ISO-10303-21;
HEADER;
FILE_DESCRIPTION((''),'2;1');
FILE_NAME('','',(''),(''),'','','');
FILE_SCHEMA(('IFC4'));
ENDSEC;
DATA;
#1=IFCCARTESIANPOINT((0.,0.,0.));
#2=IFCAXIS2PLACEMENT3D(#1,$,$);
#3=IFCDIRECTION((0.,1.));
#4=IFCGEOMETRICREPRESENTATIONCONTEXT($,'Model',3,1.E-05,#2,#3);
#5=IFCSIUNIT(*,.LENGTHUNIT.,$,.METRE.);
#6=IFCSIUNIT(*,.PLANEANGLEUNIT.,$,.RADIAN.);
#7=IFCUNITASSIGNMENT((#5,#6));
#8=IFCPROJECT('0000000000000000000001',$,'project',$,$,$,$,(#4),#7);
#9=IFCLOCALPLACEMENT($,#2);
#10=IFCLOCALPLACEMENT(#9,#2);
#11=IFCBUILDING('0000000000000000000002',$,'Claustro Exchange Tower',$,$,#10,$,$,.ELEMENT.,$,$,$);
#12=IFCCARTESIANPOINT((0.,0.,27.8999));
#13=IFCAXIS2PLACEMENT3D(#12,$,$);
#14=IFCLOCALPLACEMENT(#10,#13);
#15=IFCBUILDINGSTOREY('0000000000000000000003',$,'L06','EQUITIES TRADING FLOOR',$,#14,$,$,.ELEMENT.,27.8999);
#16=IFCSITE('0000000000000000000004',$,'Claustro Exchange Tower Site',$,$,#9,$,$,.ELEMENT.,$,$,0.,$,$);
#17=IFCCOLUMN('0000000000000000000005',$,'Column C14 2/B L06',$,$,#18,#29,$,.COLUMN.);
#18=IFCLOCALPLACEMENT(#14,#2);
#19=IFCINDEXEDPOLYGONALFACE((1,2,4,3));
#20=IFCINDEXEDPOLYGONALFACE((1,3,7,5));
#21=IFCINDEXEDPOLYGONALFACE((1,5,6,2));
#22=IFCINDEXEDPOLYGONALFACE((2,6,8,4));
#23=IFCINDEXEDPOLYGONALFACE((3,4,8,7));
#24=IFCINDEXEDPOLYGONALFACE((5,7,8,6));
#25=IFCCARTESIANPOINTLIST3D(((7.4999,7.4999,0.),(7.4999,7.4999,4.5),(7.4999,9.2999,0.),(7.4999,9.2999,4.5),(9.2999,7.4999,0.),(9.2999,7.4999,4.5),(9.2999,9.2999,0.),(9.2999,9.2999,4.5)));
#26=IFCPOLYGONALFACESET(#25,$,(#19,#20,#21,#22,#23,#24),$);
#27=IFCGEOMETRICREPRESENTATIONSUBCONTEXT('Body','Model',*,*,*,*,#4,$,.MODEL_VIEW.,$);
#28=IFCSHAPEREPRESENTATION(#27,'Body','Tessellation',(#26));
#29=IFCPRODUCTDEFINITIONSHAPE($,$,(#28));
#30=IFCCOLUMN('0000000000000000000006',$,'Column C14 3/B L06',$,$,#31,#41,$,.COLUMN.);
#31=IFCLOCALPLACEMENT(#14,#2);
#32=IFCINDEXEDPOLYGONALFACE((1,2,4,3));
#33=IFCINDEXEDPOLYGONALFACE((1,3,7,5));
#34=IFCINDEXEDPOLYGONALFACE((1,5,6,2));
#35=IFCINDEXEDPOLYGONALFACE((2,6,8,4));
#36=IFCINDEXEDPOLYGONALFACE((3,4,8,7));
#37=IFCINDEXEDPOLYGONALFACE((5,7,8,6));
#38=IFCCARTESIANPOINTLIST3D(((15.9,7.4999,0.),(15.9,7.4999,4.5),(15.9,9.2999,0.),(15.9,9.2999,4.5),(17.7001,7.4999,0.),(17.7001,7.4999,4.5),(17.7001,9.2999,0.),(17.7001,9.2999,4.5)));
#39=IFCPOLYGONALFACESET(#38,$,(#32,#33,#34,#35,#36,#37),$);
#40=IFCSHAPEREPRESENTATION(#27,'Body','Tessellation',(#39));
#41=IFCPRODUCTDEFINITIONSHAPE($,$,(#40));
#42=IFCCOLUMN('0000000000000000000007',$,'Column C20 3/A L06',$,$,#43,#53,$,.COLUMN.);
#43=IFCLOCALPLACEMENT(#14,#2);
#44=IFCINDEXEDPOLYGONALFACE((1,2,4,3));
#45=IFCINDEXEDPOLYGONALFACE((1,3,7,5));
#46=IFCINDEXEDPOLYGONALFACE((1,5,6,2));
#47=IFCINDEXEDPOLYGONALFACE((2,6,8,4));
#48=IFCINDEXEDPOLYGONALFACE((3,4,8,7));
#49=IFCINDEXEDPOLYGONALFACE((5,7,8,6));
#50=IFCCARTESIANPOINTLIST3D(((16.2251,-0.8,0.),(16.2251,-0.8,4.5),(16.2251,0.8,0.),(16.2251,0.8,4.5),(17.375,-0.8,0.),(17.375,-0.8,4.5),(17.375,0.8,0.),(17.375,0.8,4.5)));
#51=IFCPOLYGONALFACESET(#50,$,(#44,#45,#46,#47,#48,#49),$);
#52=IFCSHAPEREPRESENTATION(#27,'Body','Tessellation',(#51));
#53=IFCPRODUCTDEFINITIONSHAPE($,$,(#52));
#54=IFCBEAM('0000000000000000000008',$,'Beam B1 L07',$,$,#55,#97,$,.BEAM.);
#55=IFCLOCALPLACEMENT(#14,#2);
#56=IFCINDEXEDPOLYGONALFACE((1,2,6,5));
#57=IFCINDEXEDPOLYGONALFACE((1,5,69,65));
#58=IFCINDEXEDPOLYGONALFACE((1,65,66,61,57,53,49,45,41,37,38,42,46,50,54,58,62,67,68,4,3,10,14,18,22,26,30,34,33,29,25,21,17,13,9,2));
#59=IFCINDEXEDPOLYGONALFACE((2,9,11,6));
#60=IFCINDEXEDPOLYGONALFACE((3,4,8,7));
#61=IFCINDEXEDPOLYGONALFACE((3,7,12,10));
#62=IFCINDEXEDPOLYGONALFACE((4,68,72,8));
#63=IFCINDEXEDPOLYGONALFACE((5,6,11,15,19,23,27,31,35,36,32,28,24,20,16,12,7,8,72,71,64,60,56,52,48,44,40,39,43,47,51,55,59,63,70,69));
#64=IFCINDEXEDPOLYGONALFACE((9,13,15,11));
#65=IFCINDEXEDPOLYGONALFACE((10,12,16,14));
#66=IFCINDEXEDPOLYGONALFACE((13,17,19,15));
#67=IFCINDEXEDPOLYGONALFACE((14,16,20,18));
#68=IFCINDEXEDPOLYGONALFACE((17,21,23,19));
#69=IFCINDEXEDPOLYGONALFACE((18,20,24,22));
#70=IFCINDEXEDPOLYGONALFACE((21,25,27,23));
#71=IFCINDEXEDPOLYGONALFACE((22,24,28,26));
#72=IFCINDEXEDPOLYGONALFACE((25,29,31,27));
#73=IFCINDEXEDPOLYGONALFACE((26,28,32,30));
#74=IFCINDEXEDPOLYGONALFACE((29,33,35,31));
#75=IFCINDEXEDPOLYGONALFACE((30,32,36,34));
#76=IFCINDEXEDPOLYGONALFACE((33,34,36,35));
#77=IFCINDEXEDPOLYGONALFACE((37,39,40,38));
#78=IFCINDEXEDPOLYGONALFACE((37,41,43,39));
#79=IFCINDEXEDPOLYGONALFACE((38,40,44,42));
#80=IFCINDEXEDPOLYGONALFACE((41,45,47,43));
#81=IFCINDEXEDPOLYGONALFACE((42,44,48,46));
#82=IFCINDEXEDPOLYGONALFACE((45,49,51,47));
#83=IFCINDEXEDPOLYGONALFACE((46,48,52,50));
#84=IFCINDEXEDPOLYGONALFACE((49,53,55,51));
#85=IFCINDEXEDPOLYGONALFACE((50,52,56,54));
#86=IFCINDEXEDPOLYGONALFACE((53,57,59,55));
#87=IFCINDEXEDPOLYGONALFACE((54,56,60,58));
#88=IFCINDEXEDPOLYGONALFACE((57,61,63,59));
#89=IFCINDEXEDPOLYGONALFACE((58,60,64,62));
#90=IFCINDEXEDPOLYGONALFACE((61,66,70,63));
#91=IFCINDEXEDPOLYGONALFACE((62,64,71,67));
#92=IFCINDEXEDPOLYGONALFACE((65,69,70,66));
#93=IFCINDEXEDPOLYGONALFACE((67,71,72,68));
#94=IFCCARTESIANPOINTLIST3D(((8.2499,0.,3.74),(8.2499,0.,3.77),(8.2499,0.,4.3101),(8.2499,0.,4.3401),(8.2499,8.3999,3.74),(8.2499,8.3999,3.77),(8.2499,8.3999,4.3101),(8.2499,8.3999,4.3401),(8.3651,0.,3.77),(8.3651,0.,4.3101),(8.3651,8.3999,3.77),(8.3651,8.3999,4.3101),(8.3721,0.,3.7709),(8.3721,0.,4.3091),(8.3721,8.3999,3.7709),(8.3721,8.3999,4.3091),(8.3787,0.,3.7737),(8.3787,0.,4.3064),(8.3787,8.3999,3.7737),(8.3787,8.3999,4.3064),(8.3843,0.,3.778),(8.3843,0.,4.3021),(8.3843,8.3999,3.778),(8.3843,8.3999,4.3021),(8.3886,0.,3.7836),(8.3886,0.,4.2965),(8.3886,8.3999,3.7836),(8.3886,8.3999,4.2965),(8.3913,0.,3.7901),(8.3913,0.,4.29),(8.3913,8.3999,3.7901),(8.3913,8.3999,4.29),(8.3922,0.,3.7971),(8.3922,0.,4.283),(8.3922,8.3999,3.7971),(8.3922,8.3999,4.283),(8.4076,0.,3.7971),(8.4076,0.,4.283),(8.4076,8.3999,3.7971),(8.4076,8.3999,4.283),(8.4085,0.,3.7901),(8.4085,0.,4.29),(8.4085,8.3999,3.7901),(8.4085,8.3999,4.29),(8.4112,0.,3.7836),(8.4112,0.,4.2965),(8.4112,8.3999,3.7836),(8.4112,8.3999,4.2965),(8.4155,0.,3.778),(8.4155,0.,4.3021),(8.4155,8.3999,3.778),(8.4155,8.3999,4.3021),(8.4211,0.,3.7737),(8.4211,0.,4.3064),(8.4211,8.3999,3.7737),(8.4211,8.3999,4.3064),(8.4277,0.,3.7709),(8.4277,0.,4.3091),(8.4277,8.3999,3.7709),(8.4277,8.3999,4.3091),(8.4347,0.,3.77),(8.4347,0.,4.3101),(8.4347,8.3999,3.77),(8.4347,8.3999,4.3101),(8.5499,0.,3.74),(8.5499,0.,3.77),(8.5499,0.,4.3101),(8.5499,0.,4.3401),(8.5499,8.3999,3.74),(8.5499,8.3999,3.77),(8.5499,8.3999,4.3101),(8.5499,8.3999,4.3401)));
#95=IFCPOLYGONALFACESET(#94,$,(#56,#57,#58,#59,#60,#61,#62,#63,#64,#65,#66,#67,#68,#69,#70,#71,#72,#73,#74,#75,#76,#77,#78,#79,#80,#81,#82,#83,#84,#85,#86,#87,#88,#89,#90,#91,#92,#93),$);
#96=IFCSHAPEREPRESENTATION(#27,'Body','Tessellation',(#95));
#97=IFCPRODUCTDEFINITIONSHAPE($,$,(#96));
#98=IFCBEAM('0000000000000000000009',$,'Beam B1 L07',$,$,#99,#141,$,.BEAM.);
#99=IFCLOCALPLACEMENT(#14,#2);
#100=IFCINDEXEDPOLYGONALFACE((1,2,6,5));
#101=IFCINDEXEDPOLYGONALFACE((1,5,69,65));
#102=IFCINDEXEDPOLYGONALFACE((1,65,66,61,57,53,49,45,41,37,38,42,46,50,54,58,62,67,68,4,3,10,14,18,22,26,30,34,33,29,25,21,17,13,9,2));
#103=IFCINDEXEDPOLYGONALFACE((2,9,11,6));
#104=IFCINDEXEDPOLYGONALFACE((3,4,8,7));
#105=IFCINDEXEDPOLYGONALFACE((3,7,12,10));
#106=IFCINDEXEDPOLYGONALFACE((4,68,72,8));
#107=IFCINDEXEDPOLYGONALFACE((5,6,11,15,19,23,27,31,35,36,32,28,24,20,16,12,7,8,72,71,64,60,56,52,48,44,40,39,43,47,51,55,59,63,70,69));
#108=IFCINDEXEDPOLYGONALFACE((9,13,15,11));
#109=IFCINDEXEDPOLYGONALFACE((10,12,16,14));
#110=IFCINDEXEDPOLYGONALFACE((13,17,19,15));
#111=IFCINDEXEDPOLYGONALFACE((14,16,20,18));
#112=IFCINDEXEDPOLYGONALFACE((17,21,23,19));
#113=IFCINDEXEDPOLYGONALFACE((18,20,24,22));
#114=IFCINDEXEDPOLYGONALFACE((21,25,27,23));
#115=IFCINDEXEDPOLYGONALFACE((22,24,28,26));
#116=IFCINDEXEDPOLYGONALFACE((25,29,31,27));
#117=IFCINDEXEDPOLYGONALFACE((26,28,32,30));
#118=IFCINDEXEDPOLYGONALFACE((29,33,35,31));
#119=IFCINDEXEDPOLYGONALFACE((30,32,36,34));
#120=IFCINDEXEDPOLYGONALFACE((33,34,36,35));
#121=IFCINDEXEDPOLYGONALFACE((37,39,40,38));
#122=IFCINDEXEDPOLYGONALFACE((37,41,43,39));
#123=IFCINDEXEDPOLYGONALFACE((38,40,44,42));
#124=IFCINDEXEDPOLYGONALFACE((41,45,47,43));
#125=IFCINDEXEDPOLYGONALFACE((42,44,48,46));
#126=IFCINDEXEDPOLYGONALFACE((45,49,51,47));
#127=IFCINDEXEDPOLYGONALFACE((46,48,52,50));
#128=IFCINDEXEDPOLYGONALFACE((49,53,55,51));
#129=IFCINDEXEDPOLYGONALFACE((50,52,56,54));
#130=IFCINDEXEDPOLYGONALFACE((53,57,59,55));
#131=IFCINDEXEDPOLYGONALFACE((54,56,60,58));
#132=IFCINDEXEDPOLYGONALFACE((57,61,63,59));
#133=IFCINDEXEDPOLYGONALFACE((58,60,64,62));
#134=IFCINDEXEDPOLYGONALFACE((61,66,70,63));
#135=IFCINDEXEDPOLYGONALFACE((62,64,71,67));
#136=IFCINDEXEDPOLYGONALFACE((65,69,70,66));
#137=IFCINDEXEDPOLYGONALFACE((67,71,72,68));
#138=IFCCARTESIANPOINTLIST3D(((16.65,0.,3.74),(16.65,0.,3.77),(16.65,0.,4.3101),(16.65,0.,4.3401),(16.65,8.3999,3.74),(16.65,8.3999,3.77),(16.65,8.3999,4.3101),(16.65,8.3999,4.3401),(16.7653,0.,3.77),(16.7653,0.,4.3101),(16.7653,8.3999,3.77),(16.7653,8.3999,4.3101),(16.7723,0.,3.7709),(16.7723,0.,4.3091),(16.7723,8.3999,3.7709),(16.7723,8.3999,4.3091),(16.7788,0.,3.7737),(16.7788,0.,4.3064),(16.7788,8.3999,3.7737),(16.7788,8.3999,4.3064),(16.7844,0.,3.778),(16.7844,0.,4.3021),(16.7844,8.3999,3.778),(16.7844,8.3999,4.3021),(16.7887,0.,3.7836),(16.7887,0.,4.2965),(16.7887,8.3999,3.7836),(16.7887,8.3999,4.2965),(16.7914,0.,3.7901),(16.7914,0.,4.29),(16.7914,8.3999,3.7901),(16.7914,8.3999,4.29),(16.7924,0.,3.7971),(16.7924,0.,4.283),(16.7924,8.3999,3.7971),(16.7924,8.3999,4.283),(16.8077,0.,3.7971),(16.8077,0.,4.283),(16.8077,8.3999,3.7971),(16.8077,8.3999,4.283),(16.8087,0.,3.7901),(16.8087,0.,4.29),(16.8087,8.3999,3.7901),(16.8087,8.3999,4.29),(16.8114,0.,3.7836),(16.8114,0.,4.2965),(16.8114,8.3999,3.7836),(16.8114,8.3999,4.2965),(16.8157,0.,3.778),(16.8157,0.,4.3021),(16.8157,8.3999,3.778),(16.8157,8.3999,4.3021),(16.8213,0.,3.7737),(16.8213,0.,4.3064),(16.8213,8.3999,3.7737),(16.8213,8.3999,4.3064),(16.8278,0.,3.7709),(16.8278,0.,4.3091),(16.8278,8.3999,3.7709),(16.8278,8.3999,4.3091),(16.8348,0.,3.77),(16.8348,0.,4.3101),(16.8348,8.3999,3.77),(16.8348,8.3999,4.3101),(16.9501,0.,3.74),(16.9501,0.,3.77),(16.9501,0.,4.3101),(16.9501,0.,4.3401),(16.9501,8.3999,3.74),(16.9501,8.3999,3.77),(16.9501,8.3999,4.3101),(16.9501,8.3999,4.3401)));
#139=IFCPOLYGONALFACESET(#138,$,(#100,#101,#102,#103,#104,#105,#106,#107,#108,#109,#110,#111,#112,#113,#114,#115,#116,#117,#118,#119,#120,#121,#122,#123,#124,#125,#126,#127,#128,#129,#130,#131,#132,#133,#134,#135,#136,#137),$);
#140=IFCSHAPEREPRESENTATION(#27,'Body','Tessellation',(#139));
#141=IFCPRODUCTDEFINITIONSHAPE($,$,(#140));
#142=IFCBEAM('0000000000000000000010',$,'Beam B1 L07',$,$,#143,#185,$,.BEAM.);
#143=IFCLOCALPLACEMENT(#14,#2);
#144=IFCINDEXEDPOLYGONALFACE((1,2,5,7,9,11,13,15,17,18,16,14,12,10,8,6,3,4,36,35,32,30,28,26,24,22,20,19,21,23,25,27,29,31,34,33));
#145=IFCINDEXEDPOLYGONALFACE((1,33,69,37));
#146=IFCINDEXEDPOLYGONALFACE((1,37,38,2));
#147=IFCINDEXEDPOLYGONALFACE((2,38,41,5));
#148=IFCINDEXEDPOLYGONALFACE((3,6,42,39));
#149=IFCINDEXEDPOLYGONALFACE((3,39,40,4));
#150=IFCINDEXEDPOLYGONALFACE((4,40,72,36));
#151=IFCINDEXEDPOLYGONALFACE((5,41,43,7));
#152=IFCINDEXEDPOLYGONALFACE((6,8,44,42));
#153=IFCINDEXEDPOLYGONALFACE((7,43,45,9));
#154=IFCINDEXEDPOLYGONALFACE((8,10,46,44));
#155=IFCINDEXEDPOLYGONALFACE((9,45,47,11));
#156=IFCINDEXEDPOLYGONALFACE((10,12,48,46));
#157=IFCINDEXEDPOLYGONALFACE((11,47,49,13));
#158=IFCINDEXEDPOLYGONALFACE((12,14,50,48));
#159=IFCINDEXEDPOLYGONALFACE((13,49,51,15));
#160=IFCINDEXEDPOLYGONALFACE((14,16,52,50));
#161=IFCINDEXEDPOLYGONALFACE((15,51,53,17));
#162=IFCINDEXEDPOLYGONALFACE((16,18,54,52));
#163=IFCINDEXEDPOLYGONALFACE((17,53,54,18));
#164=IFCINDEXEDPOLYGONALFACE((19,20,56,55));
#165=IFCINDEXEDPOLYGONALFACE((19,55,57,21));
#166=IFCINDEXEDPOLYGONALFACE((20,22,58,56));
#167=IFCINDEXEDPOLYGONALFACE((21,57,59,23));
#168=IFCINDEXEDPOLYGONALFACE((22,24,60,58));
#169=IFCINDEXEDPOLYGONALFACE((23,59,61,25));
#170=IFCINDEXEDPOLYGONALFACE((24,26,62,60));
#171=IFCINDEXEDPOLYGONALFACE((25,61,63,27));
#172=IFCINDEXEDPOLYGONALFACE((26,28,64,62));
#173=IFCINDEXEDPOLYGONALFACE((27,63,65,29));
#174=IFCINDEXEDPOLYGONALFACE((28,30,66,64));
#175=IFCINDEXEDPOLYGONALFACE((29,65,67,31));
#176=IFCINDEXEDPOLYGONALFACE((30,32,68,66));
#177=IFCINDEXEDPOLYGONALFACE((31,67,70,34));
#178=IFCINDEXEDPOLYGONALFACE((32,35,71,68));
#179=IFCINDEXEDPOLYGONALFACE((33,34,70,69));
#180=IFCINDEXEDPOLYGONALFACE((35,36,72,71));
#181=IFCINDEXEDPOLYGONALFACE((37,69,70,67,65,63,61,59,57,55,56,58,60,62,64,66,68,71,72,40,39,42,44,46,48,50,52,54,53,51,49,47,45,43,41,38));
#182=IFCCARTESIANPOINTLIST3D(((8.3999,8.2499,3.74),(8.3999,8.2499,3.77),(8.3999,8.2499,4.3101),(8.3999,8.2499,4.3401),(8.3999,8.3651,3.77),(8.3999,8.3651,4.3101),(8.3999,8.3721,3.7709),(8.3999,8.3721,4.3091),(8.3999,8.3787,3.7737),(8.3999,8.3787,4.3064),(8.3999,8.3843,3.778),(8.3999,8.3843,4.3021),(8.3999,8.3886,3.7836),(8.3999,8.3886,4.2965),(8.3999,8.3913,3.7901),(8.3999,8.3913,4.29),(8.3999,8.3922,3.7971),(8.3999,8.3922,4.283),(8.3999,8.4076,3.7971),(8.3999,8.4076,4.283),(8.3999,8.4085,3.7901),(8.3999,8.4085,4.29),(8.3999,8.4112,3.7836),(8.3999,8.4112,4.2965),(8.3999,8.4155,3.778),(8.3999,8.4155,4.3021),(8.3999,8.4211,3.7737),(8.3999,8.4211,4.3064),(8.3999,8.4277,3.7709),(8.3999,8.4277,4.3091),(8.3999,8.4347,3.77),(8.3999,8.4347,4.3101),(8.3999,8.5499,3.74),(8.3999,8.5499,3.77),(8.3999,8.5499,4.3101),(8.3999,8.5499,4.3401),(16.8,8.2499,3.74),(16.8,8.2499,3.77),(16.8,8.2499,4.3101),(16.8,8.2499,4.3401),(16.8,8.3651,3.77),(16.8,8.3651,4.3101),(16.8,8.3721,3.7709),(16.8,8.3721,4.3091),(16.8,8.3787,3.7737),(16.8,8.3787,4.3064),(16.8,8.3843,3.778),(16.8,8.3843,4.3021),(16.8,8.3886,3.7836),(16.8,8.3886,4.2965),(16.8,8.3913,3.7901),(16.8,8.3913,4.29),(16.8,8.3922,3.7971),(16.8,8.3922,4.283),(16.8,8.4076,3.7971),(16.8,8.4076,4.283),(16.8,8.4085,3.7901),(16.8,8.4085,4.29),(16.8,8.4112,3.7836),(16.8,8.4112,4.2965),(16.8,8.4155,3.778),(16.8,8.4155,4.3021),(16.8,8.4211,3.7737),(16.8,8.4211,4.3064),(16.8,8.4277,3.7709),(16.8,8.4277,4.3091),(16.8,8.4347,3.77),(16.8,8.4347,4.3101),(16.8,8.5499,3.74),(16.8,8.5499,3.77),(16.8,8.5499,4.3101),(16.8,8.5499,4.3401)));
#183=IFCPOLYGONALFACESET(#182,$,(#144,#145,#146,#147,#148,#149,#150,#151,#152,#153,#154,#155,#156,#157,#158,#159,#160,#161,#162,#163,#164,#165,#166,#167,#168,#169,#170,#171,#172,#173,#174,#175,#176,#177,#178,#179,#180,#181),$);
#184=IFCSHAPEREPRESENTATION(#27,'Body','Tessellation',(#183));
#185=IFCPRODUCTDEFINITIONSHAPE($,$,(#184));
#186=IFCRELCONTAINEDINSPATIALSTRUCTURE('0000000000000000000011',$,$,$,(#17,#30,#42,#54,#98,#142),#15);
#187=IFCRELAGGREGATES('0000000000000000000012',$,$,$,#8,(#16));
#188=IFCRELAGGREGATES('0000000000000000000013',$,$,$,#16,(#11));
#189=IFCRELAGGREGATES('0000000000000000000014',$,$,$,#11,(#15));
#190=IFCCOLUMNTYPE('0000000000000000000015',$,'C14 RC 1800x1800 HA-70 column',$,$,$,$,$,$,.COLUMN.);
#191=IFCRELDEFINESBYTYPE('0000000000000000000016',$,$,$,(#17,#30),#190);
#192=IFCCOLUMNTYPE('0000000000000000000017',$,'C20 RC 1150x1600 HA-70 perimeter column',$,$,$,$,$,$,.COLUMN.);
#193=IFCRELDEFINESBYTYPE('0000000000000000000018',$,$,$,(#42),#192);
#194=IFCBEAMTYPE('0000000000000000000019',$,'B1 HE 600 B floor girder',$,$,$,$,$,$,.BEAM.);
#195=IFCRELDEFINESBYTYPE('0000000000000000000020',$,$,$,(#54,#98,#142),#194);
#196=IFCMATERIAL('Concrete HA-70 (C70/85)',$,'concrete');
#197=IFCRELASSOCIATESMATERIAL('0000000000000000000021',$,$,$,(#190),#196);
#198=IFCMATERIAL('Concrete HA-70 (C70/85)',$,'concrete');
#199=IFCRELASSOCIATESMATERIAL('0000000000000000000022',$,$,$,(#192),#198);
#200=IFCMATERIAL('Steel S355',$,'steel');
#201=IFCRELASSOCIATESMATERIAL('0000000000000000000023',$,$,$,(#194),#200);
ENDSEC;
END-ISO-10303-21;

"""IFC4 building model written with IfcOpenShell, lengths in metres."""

from ifc_helpers import new_model, si_unit, direction, frame, origin, origin_2d, place, context, subcontext, project, spatial, rectangle, i_section, extrude, material, material_profile, profile_set, type_object, element, save


model = new_model("IFC4")

# Units and contexts
model_context = context("Model", 3, precision=1e-05, world=origin(), true_north=direction((0.0, 1.0)))
body_context = subcontext(model_context, "Body", "Model", "MODEL_VIEW")
ifc_project = project(units=[si_unit("LENGTHUNIT", "METRE"), si_unit("PLANEANGLEUNIT", "RADIAN")], contexts=[model_context])

# Site, building, storey
site_placement = place(None, origin())
site = spatial("IfcSite", under=ifc_project, at=site_placement, Name="Claustro Exchange Tower Site", CompositionType="ELEMENT", RefElevation=0.0)
building_placement = place(site_placement, origin())
building = spatial("IfcBuilding", under=site, at=building_placement, Name="Claustro Exchange Tower", CompositionType="ELEMENT")
storey_placement = place(building_placement, frame((0.0, 0.0, 27.8999)))
storey = spatial("IfcBuildingStorey", under=building, at=storey_placement, Name="L06", Description="EQUITIES TRADING FLOOR", CompositionType="ELEMENT", Elevation=27.8999)

# Columns
ifc_material_1 = material(Name="Concrete HA-70 (C70/85)", Category="concrete")
ifc_material_profile_1 = material_profile(ifc_material_1, rectangle(XDim=1.8, YDim=1.8, at=origin_2d()), Name="RC 1800x1800")
ifc_profile_set_1 = profile_set([ifc_material_profile_1], Name="Concrete HA-70 (C70/85)")
column_type_1 = type_object("IfcColumnType", Name="C14 RC 1800x1800 HA-70 column", PredefinedType="COLUMN", material=ifc_profile_set_1)
for number, where, z_axis, x_axis, name in (
    (1, (8.3999, 8.3999, 0.0), (0.0, 0.0, 1.0), (1.0, 0.0, 0.0), "Column C14 2/B L06"),
    (2, (16.8, 8.3999, 0.0), (0.0, 0.0, 1.0), (1.0, 0.0, 0.0), "Column C14 3/B L06"),
):
    element("IfcColumn", number, at=place(storey_placement, frame(where, z_axis=z_axis, x_axis=x_axis)), inside=storey, type_object=column_type_1, Name=name, PredefinedType="COLUMN", context=body_context, shape_type="SweptSolid", body=[
        extrude(rectangle(XDim=1.8, YDim=1.8, at=origin_2d()), origin(), (0.0, 0.0, 1.0), 4.5),
    ])
ifc_material_2 = material(Name="Concrete HA-70 (C70/85)", Category="concrete")
ifc_material_profile_2 = material_profile(ifc_material_2, rectangle(XDim=1.1499, YDim=1.6001, at=origin_2d()), Name="RC 1150x1600")
ifc_profile_set_2 = profile_set([ifc_material_profile_2], Name="Concrete HA-70 (C70/85)")
column_type_2 = type_object("IfcColumnType", Name="C20 RC 1150x1600 HA-70 perimeter column", PredefinedType="COLUMN", material=ifc_profile_set_2)
column_placement = place(storey_placement, frame((16.8, 0.0, 0.0), z_axis=(0.0, 0.0, 1.0), x_axis=(1.0, 0.0, 0.0)))
element("IfcColumn", 3, at=column_placement, inside=storey, type_object=column_type_2, Name="Column C20 3/A L06", PredefinedType="COLUMN", context=body_context, shape_type="SweptSolid", body=[
    extrude(rectangle(XDim=1.1499, YDim=1.6001, at=origin_2d()), origin(), (0.0, 0.0, 1.0), 4.5),
])

# Beams
ifc_material_3 = material(Name="Steel S355", Category="steel")
ifc_material_profile_3 = material_profile(ifc_material_3, i_section(OverallWidth=0.3, OverallDepth=0.6001, WebThickness=0.0154, FlangeThickness=0.03, FilletRadius=0.0271, at=origin_2d()), Name="HE 600 B")
ifc_profile_set_3 = profile_set([ifc_material_profile_3], Name="Steel S355")
beam_type_1 = type_object("IfcBeamType", Name="B1 HE 600 B floor girder", PredefinedType="BEAM", material=ifc_profile_set_3)
for number, where, z_axis, x_axis, name in (
    (4, (8.3999, 0.0, 4.04), (0.0, 1.0, 0.0), (-1.0, 0.0, 0.0), "Beam B1 L07"),
    (5, (16.8, 0.0, 4.04), (0.0, 1.0, 0.0), (-1.0, 0.0, 0.0), "Beam B1 L07"),
):
    element("IfcBeam", number, at=place(storey_placement, frame(where, z_axis=z_axis, x_axis=x_axis)), inside=storey, type_object=beam_type_1, Name=name, PredefinedType="BEAM", context=body_context, shape_type="SweptSolid", body=[
        extrude(i_section(OverallWidth=0.3, OverallDepth=0.6001, WebThickness=0.0154, FlangeThickness=0.03, FilletRadius=0.0271, at=origin_2d()), origin(), (0.0, 0.0, 1.0), 8.3999),
    ])
beam_1_placement = place(storey_placement, frame((8.3999, 8.3999, 4.04), z_axis=(1.0, 0.0, 0.0), x_axis=(0.0, 1.0, 0.0)))
element("IfcBeam", 6, at=beam_1_placement, inside=storey, type_object=beam_type_1, Name="Beam B1 L07", PredefinedType="BEAM", context=body_context, shape_type="SweptSolid", body=[
    extrude(i_section(OverallWidth=0.3, OverallDepth=0.6001, WebThickness=0.0154, FlangeThickness=0.03, FilletRadius=0.0271, at=origin_2d()), origin(), (0.0, 0.0, 1.0), 8.4001),
])

save(model, "model.ifc")
